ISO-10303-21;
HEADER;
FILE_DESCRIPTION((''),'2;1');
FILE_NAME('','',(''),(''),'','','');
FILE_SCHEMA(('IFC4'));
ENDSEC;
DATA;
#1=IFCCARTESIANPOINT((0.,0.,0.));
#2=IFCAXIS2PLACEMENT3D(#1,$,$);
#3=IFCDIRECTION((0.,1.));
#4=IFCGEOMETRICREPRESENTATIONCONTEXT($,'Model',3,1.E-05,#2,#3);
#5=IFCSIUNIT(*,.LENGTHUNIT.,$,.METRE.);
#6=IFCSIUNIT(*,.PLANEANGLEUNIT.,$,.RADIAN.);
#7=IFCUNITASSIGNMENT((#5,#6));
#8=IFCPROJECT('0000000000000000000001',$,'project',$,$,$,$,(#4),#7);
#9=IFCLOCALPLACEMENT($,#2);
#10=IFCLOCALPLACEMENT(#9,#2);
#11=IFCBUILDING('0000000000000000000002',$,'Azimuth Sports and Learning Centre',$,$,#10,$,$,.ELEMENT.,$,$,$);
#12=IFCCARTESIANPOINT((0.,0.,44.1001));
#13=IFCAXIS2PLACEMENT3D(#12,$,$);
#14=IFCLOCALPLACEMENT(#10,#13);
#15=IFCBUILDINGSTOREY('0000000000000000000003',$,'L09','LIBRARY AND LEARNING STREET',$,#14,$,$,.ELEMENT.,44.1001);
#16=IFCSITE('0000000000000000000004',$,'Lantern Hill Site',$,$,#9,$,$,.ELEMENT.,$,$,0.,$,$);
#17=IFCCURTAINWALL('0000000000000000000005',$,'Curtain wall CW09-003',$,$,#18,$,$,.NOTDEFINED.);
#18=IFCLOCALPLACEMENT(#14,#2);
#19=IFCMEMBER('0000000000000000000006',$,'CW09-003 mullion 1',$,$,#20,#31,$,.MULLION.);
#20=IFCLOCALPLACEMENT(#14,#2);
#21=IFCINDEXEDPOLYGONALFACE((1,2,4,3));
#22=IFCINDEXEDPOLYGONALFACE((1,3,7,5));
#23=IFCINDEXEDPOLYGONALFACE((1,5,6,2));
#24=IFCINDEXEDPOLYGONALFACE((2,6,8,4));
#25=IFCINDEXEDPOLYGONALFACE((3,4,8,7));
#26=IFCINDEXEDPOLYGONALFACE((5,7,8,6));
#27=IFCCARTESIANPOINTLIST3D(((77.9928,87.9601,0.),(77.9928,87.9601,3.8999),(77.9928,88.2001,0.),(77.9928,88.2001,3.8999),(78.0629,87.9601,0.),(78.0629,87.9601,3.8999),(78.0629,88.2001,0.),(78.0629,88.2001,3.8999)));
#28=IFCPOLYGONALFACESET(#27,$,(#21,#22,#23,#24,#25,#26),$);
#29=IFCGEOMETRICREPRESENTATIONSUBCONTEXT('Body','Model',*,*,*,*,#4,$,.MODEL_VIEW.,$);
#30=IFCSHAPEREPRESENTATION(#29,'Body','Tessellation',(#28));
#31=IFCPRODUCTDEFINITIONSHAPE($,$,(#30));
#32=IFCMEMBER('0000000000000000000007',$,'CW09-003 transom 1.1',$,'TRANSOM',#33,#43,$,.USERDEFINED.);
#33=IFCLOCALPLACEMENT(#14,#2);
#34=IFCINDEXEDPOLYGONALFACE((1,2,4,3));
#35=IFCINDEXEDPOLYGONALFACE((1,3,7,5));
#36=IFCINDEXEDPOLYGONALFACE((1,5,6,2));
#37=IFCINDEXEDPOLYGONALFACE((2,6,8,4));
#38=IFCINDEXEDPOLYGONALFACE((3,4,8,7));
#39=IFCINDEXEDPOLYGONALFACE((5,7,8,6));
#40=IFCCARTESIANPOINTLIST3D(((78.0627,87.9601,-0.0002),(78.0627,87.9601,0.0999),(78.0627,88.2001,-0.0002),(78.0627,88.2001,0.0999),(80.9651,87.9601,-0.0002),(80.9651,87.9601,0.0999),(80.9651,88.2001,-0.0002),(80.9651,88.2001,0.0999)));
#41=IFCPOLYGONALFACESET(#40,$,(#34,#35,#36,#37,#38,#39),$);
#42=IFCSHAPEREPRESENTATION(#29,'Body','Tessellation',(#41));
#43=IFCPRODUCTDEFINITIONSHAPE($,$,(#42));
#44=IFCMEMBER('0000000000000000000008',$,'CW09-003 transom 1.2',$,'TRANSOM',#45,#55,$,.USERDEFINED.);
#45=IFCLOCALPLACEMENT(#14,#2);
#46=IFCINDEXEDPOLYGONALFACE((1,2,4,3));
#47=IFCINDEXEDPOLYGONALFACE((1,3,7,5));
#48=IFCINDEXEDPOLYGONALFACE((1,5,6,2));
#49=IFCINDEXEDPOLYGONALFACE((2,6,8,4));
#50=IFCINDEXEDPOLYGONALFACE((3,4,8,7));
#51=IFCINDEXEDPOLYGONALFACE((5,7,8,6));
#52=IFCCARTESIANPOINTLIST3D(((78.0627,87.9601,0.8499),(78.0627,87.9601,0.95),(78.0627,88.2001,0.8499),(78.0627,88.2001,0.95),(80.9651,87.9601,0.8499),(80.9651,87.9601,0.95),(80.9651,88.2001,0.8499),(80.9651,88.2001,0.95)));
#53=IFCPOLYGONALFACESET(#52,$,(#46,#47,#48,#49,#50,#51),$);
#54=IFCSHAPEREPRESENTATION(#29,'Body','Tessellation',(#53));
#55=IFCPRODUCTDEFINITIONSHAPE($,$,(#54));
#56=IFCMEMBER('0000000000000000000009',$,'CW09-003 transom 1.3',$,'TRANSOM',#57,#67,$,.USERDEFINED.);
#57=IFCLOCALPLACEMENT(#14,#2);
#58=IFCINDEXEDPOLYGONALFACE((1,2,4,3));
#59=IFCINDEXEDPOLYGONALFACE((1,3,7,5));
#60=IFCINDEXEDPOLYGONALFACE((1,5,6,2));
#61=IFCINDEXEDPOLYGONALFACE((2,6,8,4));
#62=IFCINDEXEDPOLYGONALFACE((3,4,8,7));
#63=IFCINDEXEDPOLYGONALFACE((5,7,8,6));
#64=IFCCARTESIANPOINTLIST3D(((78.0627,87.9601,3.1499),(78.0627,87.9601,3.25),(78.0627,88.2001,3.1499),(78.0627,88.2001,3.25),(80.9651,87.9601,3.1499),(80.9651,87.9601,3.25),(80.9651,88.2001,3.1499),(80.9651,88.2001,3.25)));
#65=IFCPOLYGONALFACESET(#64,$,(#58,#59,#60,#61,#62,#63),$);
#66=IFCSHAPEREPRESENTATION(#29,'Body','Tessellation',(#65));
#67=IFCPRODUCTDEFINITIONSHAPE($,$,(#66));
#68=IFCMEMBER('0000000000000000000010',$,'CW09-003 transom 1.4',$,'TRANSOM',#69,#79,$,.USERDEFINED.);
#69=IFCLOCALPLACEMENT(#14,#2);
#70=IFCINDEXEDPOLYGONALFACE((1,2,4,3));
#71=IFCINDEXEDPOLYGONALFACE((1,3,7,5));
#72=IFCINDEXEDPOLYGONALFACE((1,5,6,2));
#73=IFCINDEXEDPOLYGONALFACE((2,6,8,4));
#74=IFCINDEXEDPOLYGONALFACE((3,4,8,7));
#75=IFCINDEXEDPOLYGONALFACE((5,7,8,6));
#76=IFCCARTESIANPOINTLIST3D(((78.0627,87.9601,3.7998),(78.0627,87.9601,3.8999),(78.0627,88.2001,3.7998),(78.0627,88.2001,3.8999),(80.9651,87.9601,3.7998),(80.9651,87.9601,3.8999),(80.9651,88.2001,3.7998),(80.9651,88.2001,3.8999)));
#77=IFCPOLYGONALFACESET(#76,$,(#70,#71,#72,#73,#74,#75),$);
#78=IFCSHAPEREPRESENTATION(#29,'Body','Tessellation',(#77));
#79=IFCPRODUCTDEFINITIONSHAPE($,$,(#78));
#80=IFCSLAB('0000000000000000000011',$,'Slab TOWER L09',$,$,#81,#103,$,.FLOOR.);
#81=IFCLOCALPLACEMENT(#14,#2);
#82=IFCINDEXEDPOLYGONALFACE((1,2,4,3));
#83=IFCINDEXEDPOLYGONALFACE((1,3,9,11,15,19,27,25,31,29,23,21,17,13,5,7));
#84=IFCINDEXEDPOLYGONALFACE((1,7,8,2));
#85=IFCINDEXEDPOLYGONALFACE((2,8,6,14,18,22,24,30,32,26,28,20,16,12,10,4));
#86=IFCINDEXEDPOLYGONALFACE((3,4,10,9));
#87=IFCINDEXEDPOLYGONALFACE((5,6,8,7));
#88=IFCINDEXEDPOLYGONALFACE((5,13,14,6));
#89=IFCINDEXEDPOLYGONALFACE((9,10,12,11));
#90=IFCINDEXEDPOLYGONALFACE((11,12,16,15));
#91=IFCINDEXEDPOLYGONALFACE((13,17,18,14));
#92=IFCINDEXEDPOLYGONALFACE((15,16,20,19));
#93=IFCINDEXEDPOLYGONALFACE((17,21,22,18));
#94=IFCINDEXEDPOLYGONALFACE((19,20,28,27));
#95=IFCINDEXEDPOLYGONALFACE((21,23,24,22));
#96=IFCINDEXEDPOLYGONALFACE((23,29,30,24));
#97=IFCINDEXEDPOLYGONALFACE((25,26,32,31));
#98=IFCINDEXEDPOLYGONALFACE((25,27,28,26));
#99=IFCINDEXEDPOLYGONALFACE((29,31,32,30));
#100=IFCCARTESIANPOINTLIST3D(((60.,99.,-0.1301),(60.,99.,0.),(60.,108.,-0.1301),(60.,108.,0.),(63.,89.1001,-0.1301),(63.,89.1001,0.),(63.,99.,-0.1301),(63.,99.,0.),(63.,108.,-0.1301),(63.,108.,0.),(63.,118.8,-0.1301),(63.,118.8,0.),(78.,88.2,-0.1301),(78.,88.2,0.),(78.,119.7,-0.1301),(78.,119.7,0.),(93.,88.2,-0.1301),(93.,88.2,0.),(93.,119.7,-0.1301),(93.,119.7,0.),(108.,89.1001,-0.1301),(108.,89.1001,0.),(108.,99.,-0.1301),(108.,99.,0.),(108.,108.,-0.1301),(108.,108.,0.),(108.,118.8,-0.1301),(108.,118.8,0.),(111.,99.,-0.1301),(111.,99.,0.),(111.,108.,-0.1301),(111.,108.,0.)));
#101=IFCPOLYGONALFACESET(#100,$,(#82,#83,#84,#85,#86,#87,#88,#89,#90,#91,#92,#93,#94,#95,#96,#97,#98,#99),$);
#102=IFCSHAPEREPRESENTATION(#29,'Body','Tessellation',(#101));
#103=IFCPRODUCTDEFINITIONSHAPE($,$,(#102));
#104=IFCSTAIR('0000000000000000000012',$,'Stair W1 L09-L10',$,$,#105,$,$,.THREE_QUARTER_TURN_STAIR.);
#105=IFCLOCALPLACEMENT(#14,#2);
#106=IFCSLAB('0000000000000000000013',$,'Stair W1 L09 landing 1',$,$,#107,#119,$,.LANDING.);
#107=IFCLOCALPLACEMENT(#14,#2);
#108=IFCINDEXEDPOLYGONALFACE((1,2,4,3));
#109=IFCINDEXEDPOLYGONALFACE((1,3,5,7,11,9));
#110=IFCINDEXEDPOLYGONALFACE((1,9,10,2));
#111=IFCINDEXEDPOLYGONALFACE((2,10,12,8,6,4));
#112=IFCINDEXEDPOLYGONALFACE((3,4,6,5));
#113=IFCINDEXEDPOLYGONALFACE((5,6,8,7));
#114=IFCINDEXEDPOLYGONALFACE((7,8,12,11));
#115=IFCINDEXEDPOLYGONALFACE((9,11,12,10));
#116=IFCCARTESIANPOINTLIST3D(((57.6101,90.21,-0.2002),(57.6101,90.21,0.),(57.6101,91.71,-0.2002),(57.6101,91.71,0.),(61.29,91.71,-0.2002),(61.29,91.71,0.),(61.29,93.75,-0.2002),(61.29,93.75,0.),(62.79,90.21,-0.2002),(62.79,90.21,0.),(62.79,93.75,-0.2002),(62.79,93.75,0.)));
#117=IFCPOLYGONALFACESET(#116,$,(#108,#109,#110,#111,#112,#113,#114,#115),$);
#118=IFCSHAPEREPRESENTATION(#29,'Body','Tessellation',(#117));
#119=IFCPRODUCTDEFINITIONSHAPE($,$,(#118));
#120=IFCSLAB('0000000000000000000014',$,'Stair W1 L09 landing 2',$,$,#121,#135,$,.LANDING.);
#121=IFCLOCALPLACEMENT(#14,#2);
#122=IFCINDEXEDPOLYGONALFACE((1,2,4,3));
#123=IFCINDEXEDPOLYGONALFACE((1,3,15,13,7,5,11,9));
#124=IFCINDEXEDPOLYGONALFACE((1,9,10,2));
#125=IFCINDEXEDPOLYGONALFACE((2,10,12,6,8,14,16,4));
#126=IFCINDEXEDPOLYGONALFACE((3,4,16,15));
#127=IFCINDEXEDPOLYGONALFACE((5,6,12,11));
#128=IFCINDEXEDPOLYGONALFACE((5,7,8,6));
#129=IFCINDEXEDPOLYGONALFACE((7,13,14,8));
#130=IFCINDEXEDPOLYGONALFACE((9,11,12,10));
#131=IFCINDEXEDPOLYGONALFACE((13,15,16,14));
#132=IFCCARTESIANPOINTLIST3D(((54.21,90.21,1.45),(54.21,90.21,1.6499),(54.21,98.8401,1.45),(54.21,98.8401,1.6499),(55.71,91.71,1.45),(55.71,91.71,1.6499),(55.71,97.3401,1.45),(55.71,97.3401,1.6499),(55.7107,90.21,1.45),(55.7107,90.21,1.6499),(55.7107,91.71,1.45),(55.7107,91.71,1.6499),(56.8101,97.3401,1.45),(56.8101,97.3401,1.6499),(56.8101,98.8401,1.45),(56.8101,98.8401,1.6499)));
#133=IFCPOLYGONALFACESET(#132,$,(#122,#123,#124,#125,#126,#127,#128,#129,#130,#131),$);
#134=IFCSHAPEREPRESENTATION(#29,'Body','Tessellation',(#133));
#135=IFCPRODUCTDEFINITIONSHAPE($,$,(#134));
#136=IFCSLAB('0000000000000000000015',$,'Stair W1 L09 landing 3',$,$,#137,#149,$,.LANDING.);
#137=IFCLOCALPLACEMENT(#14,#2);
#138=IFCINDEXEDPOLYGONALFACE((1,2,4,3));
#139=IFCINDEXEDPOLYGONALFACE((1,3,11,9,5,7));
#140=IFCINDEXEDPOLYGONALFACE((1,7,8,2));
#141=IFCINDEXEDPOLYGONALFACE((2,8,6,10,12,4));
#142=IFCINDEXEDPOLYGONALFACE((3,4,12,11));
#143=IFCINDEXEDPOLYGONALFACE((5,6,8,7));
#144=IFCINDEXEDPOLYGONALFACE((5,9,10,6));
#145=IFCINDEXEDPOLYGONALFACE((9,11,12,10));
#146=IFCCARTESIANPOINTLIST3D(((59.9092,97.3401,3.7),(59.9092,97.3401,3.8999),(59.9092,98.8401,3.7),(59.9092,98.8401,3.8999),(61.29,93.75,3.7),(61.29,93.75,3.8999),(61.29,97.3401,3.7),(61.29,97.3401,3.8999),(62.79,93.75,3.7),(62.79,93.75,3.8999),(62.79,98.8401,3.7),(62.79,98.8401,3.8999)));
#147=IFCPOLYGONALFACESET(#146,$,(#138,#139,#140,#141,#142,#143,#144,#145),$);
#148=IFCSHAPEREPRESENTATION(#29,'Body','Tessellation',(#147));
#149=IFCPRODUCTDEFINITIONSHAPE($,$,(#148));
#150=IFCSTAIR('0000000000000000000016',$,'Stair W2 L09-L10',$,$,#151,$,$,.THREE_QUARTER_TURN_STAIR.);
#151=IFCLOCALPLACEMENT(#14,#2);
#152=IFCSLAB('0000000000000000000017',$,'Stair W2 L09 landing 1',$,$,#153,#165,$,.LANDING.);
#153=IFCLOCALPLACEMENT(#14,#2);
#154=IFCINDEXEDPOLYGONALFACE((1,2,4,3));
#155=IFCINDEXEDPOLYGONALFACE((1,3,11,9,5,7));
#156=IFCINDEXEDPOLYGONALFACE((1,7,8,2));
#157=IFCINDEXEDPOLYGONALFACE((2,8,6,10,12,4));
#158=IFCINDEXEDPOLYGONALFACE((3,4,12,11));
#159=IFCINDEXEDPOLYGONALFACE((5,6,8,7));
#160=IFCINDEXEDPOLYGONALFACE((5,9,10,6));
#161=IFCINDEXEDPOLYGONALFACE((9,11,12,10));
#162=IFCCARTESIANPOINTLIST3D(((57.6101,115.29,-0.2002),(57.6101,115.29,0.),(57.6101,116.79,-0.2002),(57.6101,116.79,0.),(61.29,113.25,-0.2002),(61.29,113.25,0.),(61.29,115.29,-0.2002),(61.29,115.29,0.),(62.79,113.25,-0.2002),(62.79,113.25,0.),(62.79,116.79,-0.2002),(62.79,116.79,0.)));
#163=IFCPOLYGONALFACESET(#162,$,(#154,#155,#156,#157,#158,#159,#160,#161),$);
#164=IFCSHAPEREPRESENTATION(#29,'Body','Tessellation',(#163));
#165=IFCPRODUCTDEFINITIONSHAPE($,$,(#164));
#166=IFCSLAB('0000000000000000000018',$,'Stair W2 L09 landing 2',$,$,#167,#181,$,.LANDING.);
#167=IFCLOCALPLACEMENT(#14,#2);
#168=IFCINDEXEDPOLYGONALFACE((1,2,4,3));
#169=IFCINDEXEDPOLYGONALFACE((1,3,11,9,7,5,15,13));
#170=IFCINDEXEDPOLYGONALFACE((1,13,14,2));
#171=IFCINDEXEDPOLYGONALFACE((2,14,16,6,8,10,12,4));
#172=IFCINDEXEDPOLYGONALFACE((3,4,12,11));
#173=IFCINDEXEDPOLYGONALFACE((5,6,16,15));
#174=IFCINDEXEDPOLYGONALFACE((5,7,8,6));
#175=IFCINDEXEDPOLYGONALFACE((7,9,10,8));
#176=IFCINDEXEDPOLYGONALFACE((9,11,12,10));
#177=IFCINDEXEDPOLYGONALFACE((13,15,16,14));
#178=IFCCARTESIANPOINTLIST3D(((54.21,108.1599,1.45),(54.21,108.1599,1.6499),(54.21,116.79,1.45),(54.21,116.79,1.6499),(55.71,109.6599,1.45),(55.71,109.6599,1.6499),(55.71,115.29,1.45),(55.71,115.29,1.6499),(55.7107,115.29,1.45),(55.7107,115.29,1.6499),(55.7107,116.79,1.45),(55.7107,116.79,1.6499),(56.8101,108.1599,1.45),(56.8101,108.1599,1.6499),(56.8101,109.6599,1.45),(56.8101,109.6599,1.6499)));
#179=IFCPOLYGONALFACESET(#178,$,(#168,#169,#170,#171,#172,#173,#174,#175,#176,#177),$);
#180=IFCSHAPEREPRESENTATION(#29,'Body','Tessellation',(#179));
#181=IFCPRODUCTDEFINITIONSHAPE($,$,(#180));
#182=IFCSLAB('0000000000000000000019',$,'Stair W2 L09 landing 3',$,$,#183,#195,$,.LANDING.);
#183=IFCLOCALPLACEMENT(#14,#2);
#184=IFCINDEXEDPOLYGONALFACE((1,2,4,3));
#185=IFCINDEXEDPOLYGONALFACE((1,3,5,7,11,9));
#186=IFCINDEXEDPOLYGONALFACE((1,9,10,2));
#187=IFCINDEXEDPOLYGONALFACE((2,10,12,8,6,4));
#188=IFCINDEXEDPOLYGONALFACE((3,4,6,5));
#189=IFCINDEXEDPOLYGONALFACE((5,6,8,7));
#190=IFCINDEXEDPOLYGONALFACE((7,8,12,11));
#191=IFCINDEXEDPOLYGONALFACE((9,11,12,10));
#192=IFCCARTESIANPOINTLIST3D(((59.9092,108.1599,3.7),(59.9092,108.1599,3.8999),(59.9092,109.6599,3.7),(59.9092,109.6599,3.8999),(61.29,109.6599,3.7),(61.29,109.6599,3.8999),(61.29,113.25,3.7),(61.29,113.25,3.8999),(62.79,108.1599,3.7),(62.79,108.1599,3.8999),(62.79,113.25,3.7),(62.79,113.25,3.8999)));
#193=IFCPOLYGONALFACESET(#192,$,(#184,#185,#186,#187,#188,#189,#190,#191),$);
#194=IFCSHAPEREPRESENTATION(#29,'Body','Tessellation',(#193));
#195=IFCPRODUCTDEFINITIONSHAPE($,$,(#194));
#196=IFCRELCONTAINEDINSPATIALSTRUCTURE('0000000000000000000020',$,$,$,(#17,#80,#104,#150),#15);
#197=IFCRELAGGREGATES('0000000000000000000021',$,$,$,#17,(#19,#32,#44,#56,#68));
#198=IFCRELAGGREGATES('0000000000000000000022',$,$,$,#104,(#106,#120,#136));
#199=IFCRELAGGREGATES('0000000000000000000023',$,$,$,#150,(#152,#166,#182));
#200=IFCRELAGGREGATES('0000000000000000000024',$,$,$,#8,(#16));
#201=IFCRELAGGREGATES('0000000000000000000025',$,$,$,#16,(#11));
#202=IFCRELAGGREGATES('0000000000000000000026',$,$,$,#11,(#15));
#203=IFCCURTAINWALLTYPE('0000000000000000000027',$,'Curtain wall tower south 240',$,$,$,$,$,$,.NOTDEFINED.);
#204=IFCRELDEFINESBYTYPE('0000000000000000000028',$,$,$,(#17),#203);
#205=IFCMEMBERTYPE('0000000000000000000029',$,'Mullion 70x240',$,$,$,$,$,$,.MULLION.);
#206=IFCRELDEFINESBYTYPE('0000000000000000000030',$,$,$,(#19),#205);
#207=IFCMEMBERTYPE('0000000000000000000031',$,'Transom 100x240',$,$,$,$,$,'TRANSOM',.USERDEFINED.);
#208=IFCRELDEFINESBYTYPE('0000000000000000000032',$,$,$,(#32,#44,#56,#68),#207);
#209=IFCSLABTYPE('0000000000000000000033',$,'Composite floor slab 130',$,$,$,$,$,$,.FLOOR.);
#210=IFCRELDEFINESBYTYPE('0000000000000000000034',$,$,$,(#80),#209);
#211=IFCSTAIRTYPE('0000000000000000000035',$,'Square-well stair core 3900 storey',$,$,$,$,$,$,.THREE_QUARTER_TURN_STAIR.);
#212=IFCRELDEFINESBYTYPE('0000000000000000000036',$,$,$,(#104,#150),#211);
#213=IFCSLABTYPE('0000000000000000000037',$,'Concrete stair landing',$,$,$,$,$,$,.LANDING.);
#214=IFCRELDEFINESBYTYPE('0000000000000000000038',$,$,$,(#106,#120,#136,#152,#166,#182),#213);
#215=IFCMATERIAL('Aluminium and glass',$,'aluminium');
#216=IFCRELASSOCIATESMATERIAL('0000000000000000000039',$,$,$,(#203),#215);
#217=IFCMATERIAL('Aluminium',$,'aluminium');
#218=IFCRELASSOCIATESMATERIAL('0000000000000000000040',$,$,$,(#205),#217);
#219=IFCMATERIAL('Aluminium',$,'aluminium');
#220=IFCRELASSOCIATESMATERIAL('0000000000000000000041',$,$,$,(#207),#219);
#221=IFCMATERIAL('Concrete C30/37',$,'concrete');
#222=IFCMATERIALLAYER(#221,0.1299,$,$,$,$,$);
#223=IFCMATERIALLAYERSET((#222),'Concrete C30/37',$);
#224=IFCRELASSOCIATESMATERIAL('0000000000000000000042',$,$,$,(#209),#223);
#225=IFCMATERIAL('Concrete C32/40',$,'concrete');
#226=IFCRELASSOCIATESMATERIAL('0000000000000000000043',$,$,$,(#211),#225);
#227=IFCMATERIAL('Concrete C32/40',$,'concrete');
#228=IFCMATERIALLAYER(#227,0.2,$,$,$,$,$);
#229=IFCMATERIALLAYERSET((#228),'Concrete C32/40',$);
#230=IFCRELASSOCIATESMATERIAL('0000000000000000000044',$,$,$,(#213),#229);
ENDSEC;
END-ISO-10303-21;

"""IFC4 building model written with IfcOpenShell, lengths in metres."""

from ifc_helpers import new_model, si_unit, direction, frame, origin, origin_2d, place, context, subcontext, project, spatial, polyline, rectangle, outline, extrude, material, layer, layer_set, material_profile, profile_set, type_object, element, aggregate, save


model = new_model("IFC4")

# Units and contexts
model_context = context("Model", 3, precision=1e-05, world=origin(), true_north=direction((0.0, 1.0)))
body_context = subcontext(model_context, "Body", "Model", "MODEL_VIEW")
ifc_project = project(units=[si_unit("LENGTHUNIT", "METRE"), si_unit("PLANEANGLEUNIT", "RADIAN")], contexts=[model_context])

# Site, building, storey
site_placement = place(None, origin())
site = spatial("IfcSite", under=ifc_project, at=site_placement, Name="Lantern Hill Site", CompositionType="ELEMENT", RefElevation=0.0)
building_placement = place(site_placement, origin())
building = spatial("IfcBuilding", under=site, at=building_placement, Name="Azimuth Sports and Learning Centre", CompositionType="ELEMENT")
storey_placement = place(building_placement, frame((0.0, 0.0, 44.1001)))
storey = spatial("IfcBuildingStorey", under=building, at=storey_placement, Name="L09", Description="LIBRARY AND LEARNING STREET", CompositionType="ELEMENT", Elevation=44.1001)

# Curtain wall, members
ifc_material_1 = material(Name="Aluminium and glass", Category="aluminium")
curtain_wall_type = type_object("IfcCurtainWallType", Name="Curtain wall tower south 240", PredefinedType="NOTDEFINED", material=ifc_material_1)
curtain_wall_placement = place(storey_placement, origin())
curtain_wall = element("IfcCurtainWall", 1, at=curtain_wall_placement, inside=storey, type_object=curtain_wall_type, Name="Curtain wall CW09-003", PredefinedType="NOTDEFINED")
ifc_material_2 = material(Name="Aluminium", Category="aluminium")
ifc_material_profile_1 = material_profile(ifc_material_2, rectangle(XDim=0.24, YDim=0.0701, at=origin_2d()), Name="Mullion 70x240")
ifc_profile_set_1 = profile_set([ifc_material_profile_1], Name="Aluminium")
member_type_1 = type_object("IfcMemberType", Name="Mullion 70x240", PredefinedType="MULLION", material=ifc_profile_set_1)
member_1_placement = place(storey_placement, frame((78.0278, 88.0801, 0.0), z_axis=(0.0, 0.0, 1.0), x_axis=(0.0, 1.0, 0.0)))
member_1 = element("IfcMember", 2, at=member_1_placement, type_object=member_type_1, Name="CW09-003 mullion 1", PredefinedType="MULLION", context=body_context, shape_type="SweptSolid", body=[
    extrude(rectangle(XDim=0.24, YDim=0.0701, at=origin_2d()), origin(), (0.0, 0.0, 1.0), 3.8999),
])
ifc_material_3 = material(Name="Aluminium", Category="aluminium")
ifc_material_profile_2 = material_profile(ifc_material_3, rectangle(XDim=0.24, YDim=0.1001, at=origin_2d()), Name="Transom 100x240")
ifc_profile_set_2 = profile_set([ifc_material_profile_2], Name="Aluminium")
member_type_2 = type_object("IfcMemberType", Name="Transom 100x240", ElementType="TRANSOM", PredefinedType="USERDEFINED", material=ifc_profile_set_2)
member_2_placement = place(storey_placement, frame((78.0627, 88.0801, 0.0498), z_axis=(1.0, 0.0, 0.0), x_axis=(0.0, 1.0, 0.0)))
member_2 = element("IfcMember", 3, at=member_2_placement, type_object=member_type_2, Name="CW09-003 transom 1.1", ObjectType="TRANSOM", PredefinedType="USERDEFINED", context=body_context, shape_type="SweptSolid", body=[
    extrude(rectangle(XDim=0.24, YDim=0.1001, at=origin_2d()), origin(), (0.0, 0.0, 1.0), 2.9023),
])
member_3_placement = place(storey_placement, frame((78.0627, 88.0801, 0.8999), z_axis=(1.0, 0.0, 0.0), x_axis=(0.0, 1.0, 0.0)))
member_3 = element("IfcMember", 4, at=member_3_placement, type_object=member_type_2, Name="CW09-003 transom 1.2", ObjectType="TRANSOM", PredefinedType="USERDEFINED", context=body_context, shape_type="SweptSolid", body=[
    extrude(rectangle(XDim=0.24, YDim=0.1001, at=origin_2d()), origin(), (0.0, 0.0, 1.0), 2.9023),
])
member_4_placement = place(storey_placement, frame((78.0627, 88.0801, 3.2), z_axis=(1.0, 0.0, 0.0), x_axis=(0.0, 1.0, 0.0)))
member_4 = element("IfcMember", 5, at=member_4_placement, type_object=member_type_2, Name="CW09-003 transom 1.3", ObjectType="TRANSOM", PredefinedType="USERDEFINED", context=body_context, shape_type="SweptSolid", body=[
    extrude(rectangle(XDim=0.24, YDim=0.1001, at=origin_2d()), origin(), (0.0, 0.0, 1.0), 2.9023),
])
member_5_placement = place(storey_placement, frame((78.0627, 88.0801, 3.8499), z_axis=(1.0, 0.0, 0.0), x_axis=(0.0, 1.0, 0.0)))
member_5 = element("IfcMember", 6, at=member_5_placement, type_object=member_type_2, Name="CW09-003 transom 1.4", ObjectType="TRANSOM", PredefinedType="USERDEFINED", context=body_context, shape_type="SweptSolid", body=[
    extrude(rectangle(XDim=0.24, YDim=0.1001, at=origin_2d()), origin(), (0.0, 0.0, 1.0), 2.9023),
])
aggregate(curtain_wall, [member_1, member_2, member_3, member_4, member_5])

# Slab
ifc_material_4 = material(Name="Concrete C30/37", Category="concrete")
ifc_layer_1 = layer(ifc_material_4, 0.1299)
ifc_layer_set_1 = layer_set([ifc_layer_1], Name="Concrete C30/37")
slab_type_1 = type_object("IfcSlabType", Name="Composite floor slab 130", PredefinedType="FLOOR", material=ifc_layer_set_1)
slab_1_placement = place(storey_placement, frame((0.0, 0.0, -0.1301)))
element("IfcSlab", 7, at=slab_1_placement, inside=storey, type_object=slab_type_1, Name="Slab TOWER L09", PredefinedType="FLOOR", context=body_context, shape_type="SweptSolid", body=[
    extrude(outline(polyline([(78.0, 88.2), (93.0, 88.2), (108.0, 89.1001), (108.0, 99.0), (111.0, 99.0), (111.0, 108.0), (108.0, 108.0), (108.0, 118.8), (93.0, 119.7), (78.0, 119.7), (63.0, 118.8), (63.0, 108.0), (60.0, 108.0), (60.0, 99.0), (63.0, 99.0), (63.0, 89.1001), (78.0, 88.2)])), origin(), (0.0, 0.0, 1.0), 0.1301),
])

# Stairs, slabs
ifc_material_5 = material(Name="Concrete C32/40", Category="concrete")
stair_type = type_object("IfcStairType", Name="Square-well stair core 3900 storey", PredefinedType="THREE_QUARTER_TURN_STAIR", material=ifc_material_5)
stair_1_placement = place(storey_placement, origin())
stair_1 = element("IfcStair", 8, at=stair_1_placement, inside=storey, type_object=stair_type, Name="Stair W1 L09-L10", PredefinedType="THREE_QUARTER_TURN_STAIR")
ifc_material_6 = material(Name="Concrete C32/40", Category="concrete")
ifc_layer_2 = layer(ifc_material_6, 0.2)
ifc_layer_set_2 = layer_set([ifc_layer_2], Name="Concrete C32/40")
slab_type_2 = type_object("IfcSlabType", Name="Concrete stair landing", PredefinedType="LANDING", material=ifc_layer_set_2)
slab_2_placement = place(storey_placement, frame((0.0, 0.0, -0.2002)))
slab_2 = element("IfcSlab", 9, at=slab_2_placement, type_object=slab_type_2, Name="Stair W1 L09 landing 1", PredefinedType="LANDING", context=body_context, shape_type="SweptSolid", body=[
    extrude(outline(polyline([(62.79, 90.21), (62.79, 93.75), (61.29, 93.75), (61.29, 91.71), (57.6101, 91.71), (57.6101, 90.21), (62.79, 90.21)])), origin(), (0.0, 0.0, 1.0), 0.2002),
])
slab_3_placement = place(storey_placement, frame((0.0, 0.0, 1.45)))
slab_3 = element("IfcSlab", 10, at=slab_3_placement, type_object=slab_type_2, Name="Stair W1 L09 landing 2", PredefinedType="LANDING", context=body_context, shape_type="SweptSolid", body=[
    extrude(outline(polyline([(55.71, 91.71), (55.71, 97.3401), (56.8101, 97.3401), (56.8101, 98.8401), (54.21, 98.8401), (54.21, 90.21), (55.7107, 90.21), (55.7107, 91.71), (55.71, 91.71)])), origin(), (0.0, 0.0, 1.0), 0.2),
])
slab_4_placement = place(storey_placement, frame((0.0, 0.0, 3.7)))
slab_4 = element("IfcSlab", 11, at=slab_4_placement, type_object=slab_type_2, Name="Stair W1 L09 landing 3", PredefinedType="LANDING", context=body_context, shape_type="SweptSolid", body=[
    extrude(outline(polyline([(61.29, 97.3401), (61.29, 93.75), (62.79, 93.75), (62.79, 98.8401), (59.9092, 98.8401), (59.9092, 97.3401), (61.29, 97.3401)])), origin(), (0.0, 0.0, 1.0), 0.2),
])
aggregate(stair_1, [slab_2, slab_3, slab_4])
stair_2_placement = place(storey_placement, origin())
stair_2 = element("IfcStair", 12, at=stair_2_placement, inside=storey, type_object=stair_type, Name="Stair W2 L09-L10", PredefinedType="THREE_QUARTER_TURN_STAIR")
slab_5_placement = place(storey_placement, frame((0.0, 0.0, -0.2002)))
slab_5 = element("IfcSlab", 13, at=slab_5_placement, type_object=slab_type_2, Name="Stair W2 L09 landing 1", PredefinedType="LANDING", context=body_context, shape_type="SweptSolid", body=[
    extrude(outline(polyline([(57.6101, 115.29), (61.29, 115.29), (61.29, 113.25), (62.79, 113.25), (62.79, 116.79), (57.6101, 116.79), (57.6101, 115.29)])), origin(), (0.0, 0.0, 1.0), 0.2002),
])
slab_6_placement = place(storey_placement, frame((0.0, 0.0, 1.45)))
slab_6 = element("IfcSlab", 14, at=slab_6_placement, type_object=slab_type_2, Name="Stair W2 L09 landing 2", PredefinedType="LANDING", context=body_context, shape_type="SweptSolid", body=[
    extrude(outline(polyline([(55.71, 115.29), (55.7107, 115.29), (55.7107, 116.79), (54.21, 116.79), (54.21, 108.1599), (56.8101, 108.1599), (56.8101, 109.6599), (55.71, 109.6599), (55.71, 115.29)])), origin(), (0.0, 0.0, 1.0), 0.2),
])
slab_7_placement = place(storey_placement, frame((0.0, 0.0, 3.7)))
slab_7 = element("IfcSlab", 15, at=slab_7_placement, type_object=slab_type_2, Name="Stair W2 L09 landing 3", PredefinedType="LANDING", context=body_context, shape_type="SweptSolid", body=[
    extrude(outline(polyline([(61.29, 109.6599), (59.9092, 109.6599), (59.9092, 108.1599), (62.79, 108.1599), (62.79, 113.25), (61.29, 113.25), (61.29, 109.6599)])), origin(), (0.0, 0.0, 1.0), 0.2),
])
aggregate(stair_2, [slab_5, slab_6, slab_7])

save(model, "model.ifc")
